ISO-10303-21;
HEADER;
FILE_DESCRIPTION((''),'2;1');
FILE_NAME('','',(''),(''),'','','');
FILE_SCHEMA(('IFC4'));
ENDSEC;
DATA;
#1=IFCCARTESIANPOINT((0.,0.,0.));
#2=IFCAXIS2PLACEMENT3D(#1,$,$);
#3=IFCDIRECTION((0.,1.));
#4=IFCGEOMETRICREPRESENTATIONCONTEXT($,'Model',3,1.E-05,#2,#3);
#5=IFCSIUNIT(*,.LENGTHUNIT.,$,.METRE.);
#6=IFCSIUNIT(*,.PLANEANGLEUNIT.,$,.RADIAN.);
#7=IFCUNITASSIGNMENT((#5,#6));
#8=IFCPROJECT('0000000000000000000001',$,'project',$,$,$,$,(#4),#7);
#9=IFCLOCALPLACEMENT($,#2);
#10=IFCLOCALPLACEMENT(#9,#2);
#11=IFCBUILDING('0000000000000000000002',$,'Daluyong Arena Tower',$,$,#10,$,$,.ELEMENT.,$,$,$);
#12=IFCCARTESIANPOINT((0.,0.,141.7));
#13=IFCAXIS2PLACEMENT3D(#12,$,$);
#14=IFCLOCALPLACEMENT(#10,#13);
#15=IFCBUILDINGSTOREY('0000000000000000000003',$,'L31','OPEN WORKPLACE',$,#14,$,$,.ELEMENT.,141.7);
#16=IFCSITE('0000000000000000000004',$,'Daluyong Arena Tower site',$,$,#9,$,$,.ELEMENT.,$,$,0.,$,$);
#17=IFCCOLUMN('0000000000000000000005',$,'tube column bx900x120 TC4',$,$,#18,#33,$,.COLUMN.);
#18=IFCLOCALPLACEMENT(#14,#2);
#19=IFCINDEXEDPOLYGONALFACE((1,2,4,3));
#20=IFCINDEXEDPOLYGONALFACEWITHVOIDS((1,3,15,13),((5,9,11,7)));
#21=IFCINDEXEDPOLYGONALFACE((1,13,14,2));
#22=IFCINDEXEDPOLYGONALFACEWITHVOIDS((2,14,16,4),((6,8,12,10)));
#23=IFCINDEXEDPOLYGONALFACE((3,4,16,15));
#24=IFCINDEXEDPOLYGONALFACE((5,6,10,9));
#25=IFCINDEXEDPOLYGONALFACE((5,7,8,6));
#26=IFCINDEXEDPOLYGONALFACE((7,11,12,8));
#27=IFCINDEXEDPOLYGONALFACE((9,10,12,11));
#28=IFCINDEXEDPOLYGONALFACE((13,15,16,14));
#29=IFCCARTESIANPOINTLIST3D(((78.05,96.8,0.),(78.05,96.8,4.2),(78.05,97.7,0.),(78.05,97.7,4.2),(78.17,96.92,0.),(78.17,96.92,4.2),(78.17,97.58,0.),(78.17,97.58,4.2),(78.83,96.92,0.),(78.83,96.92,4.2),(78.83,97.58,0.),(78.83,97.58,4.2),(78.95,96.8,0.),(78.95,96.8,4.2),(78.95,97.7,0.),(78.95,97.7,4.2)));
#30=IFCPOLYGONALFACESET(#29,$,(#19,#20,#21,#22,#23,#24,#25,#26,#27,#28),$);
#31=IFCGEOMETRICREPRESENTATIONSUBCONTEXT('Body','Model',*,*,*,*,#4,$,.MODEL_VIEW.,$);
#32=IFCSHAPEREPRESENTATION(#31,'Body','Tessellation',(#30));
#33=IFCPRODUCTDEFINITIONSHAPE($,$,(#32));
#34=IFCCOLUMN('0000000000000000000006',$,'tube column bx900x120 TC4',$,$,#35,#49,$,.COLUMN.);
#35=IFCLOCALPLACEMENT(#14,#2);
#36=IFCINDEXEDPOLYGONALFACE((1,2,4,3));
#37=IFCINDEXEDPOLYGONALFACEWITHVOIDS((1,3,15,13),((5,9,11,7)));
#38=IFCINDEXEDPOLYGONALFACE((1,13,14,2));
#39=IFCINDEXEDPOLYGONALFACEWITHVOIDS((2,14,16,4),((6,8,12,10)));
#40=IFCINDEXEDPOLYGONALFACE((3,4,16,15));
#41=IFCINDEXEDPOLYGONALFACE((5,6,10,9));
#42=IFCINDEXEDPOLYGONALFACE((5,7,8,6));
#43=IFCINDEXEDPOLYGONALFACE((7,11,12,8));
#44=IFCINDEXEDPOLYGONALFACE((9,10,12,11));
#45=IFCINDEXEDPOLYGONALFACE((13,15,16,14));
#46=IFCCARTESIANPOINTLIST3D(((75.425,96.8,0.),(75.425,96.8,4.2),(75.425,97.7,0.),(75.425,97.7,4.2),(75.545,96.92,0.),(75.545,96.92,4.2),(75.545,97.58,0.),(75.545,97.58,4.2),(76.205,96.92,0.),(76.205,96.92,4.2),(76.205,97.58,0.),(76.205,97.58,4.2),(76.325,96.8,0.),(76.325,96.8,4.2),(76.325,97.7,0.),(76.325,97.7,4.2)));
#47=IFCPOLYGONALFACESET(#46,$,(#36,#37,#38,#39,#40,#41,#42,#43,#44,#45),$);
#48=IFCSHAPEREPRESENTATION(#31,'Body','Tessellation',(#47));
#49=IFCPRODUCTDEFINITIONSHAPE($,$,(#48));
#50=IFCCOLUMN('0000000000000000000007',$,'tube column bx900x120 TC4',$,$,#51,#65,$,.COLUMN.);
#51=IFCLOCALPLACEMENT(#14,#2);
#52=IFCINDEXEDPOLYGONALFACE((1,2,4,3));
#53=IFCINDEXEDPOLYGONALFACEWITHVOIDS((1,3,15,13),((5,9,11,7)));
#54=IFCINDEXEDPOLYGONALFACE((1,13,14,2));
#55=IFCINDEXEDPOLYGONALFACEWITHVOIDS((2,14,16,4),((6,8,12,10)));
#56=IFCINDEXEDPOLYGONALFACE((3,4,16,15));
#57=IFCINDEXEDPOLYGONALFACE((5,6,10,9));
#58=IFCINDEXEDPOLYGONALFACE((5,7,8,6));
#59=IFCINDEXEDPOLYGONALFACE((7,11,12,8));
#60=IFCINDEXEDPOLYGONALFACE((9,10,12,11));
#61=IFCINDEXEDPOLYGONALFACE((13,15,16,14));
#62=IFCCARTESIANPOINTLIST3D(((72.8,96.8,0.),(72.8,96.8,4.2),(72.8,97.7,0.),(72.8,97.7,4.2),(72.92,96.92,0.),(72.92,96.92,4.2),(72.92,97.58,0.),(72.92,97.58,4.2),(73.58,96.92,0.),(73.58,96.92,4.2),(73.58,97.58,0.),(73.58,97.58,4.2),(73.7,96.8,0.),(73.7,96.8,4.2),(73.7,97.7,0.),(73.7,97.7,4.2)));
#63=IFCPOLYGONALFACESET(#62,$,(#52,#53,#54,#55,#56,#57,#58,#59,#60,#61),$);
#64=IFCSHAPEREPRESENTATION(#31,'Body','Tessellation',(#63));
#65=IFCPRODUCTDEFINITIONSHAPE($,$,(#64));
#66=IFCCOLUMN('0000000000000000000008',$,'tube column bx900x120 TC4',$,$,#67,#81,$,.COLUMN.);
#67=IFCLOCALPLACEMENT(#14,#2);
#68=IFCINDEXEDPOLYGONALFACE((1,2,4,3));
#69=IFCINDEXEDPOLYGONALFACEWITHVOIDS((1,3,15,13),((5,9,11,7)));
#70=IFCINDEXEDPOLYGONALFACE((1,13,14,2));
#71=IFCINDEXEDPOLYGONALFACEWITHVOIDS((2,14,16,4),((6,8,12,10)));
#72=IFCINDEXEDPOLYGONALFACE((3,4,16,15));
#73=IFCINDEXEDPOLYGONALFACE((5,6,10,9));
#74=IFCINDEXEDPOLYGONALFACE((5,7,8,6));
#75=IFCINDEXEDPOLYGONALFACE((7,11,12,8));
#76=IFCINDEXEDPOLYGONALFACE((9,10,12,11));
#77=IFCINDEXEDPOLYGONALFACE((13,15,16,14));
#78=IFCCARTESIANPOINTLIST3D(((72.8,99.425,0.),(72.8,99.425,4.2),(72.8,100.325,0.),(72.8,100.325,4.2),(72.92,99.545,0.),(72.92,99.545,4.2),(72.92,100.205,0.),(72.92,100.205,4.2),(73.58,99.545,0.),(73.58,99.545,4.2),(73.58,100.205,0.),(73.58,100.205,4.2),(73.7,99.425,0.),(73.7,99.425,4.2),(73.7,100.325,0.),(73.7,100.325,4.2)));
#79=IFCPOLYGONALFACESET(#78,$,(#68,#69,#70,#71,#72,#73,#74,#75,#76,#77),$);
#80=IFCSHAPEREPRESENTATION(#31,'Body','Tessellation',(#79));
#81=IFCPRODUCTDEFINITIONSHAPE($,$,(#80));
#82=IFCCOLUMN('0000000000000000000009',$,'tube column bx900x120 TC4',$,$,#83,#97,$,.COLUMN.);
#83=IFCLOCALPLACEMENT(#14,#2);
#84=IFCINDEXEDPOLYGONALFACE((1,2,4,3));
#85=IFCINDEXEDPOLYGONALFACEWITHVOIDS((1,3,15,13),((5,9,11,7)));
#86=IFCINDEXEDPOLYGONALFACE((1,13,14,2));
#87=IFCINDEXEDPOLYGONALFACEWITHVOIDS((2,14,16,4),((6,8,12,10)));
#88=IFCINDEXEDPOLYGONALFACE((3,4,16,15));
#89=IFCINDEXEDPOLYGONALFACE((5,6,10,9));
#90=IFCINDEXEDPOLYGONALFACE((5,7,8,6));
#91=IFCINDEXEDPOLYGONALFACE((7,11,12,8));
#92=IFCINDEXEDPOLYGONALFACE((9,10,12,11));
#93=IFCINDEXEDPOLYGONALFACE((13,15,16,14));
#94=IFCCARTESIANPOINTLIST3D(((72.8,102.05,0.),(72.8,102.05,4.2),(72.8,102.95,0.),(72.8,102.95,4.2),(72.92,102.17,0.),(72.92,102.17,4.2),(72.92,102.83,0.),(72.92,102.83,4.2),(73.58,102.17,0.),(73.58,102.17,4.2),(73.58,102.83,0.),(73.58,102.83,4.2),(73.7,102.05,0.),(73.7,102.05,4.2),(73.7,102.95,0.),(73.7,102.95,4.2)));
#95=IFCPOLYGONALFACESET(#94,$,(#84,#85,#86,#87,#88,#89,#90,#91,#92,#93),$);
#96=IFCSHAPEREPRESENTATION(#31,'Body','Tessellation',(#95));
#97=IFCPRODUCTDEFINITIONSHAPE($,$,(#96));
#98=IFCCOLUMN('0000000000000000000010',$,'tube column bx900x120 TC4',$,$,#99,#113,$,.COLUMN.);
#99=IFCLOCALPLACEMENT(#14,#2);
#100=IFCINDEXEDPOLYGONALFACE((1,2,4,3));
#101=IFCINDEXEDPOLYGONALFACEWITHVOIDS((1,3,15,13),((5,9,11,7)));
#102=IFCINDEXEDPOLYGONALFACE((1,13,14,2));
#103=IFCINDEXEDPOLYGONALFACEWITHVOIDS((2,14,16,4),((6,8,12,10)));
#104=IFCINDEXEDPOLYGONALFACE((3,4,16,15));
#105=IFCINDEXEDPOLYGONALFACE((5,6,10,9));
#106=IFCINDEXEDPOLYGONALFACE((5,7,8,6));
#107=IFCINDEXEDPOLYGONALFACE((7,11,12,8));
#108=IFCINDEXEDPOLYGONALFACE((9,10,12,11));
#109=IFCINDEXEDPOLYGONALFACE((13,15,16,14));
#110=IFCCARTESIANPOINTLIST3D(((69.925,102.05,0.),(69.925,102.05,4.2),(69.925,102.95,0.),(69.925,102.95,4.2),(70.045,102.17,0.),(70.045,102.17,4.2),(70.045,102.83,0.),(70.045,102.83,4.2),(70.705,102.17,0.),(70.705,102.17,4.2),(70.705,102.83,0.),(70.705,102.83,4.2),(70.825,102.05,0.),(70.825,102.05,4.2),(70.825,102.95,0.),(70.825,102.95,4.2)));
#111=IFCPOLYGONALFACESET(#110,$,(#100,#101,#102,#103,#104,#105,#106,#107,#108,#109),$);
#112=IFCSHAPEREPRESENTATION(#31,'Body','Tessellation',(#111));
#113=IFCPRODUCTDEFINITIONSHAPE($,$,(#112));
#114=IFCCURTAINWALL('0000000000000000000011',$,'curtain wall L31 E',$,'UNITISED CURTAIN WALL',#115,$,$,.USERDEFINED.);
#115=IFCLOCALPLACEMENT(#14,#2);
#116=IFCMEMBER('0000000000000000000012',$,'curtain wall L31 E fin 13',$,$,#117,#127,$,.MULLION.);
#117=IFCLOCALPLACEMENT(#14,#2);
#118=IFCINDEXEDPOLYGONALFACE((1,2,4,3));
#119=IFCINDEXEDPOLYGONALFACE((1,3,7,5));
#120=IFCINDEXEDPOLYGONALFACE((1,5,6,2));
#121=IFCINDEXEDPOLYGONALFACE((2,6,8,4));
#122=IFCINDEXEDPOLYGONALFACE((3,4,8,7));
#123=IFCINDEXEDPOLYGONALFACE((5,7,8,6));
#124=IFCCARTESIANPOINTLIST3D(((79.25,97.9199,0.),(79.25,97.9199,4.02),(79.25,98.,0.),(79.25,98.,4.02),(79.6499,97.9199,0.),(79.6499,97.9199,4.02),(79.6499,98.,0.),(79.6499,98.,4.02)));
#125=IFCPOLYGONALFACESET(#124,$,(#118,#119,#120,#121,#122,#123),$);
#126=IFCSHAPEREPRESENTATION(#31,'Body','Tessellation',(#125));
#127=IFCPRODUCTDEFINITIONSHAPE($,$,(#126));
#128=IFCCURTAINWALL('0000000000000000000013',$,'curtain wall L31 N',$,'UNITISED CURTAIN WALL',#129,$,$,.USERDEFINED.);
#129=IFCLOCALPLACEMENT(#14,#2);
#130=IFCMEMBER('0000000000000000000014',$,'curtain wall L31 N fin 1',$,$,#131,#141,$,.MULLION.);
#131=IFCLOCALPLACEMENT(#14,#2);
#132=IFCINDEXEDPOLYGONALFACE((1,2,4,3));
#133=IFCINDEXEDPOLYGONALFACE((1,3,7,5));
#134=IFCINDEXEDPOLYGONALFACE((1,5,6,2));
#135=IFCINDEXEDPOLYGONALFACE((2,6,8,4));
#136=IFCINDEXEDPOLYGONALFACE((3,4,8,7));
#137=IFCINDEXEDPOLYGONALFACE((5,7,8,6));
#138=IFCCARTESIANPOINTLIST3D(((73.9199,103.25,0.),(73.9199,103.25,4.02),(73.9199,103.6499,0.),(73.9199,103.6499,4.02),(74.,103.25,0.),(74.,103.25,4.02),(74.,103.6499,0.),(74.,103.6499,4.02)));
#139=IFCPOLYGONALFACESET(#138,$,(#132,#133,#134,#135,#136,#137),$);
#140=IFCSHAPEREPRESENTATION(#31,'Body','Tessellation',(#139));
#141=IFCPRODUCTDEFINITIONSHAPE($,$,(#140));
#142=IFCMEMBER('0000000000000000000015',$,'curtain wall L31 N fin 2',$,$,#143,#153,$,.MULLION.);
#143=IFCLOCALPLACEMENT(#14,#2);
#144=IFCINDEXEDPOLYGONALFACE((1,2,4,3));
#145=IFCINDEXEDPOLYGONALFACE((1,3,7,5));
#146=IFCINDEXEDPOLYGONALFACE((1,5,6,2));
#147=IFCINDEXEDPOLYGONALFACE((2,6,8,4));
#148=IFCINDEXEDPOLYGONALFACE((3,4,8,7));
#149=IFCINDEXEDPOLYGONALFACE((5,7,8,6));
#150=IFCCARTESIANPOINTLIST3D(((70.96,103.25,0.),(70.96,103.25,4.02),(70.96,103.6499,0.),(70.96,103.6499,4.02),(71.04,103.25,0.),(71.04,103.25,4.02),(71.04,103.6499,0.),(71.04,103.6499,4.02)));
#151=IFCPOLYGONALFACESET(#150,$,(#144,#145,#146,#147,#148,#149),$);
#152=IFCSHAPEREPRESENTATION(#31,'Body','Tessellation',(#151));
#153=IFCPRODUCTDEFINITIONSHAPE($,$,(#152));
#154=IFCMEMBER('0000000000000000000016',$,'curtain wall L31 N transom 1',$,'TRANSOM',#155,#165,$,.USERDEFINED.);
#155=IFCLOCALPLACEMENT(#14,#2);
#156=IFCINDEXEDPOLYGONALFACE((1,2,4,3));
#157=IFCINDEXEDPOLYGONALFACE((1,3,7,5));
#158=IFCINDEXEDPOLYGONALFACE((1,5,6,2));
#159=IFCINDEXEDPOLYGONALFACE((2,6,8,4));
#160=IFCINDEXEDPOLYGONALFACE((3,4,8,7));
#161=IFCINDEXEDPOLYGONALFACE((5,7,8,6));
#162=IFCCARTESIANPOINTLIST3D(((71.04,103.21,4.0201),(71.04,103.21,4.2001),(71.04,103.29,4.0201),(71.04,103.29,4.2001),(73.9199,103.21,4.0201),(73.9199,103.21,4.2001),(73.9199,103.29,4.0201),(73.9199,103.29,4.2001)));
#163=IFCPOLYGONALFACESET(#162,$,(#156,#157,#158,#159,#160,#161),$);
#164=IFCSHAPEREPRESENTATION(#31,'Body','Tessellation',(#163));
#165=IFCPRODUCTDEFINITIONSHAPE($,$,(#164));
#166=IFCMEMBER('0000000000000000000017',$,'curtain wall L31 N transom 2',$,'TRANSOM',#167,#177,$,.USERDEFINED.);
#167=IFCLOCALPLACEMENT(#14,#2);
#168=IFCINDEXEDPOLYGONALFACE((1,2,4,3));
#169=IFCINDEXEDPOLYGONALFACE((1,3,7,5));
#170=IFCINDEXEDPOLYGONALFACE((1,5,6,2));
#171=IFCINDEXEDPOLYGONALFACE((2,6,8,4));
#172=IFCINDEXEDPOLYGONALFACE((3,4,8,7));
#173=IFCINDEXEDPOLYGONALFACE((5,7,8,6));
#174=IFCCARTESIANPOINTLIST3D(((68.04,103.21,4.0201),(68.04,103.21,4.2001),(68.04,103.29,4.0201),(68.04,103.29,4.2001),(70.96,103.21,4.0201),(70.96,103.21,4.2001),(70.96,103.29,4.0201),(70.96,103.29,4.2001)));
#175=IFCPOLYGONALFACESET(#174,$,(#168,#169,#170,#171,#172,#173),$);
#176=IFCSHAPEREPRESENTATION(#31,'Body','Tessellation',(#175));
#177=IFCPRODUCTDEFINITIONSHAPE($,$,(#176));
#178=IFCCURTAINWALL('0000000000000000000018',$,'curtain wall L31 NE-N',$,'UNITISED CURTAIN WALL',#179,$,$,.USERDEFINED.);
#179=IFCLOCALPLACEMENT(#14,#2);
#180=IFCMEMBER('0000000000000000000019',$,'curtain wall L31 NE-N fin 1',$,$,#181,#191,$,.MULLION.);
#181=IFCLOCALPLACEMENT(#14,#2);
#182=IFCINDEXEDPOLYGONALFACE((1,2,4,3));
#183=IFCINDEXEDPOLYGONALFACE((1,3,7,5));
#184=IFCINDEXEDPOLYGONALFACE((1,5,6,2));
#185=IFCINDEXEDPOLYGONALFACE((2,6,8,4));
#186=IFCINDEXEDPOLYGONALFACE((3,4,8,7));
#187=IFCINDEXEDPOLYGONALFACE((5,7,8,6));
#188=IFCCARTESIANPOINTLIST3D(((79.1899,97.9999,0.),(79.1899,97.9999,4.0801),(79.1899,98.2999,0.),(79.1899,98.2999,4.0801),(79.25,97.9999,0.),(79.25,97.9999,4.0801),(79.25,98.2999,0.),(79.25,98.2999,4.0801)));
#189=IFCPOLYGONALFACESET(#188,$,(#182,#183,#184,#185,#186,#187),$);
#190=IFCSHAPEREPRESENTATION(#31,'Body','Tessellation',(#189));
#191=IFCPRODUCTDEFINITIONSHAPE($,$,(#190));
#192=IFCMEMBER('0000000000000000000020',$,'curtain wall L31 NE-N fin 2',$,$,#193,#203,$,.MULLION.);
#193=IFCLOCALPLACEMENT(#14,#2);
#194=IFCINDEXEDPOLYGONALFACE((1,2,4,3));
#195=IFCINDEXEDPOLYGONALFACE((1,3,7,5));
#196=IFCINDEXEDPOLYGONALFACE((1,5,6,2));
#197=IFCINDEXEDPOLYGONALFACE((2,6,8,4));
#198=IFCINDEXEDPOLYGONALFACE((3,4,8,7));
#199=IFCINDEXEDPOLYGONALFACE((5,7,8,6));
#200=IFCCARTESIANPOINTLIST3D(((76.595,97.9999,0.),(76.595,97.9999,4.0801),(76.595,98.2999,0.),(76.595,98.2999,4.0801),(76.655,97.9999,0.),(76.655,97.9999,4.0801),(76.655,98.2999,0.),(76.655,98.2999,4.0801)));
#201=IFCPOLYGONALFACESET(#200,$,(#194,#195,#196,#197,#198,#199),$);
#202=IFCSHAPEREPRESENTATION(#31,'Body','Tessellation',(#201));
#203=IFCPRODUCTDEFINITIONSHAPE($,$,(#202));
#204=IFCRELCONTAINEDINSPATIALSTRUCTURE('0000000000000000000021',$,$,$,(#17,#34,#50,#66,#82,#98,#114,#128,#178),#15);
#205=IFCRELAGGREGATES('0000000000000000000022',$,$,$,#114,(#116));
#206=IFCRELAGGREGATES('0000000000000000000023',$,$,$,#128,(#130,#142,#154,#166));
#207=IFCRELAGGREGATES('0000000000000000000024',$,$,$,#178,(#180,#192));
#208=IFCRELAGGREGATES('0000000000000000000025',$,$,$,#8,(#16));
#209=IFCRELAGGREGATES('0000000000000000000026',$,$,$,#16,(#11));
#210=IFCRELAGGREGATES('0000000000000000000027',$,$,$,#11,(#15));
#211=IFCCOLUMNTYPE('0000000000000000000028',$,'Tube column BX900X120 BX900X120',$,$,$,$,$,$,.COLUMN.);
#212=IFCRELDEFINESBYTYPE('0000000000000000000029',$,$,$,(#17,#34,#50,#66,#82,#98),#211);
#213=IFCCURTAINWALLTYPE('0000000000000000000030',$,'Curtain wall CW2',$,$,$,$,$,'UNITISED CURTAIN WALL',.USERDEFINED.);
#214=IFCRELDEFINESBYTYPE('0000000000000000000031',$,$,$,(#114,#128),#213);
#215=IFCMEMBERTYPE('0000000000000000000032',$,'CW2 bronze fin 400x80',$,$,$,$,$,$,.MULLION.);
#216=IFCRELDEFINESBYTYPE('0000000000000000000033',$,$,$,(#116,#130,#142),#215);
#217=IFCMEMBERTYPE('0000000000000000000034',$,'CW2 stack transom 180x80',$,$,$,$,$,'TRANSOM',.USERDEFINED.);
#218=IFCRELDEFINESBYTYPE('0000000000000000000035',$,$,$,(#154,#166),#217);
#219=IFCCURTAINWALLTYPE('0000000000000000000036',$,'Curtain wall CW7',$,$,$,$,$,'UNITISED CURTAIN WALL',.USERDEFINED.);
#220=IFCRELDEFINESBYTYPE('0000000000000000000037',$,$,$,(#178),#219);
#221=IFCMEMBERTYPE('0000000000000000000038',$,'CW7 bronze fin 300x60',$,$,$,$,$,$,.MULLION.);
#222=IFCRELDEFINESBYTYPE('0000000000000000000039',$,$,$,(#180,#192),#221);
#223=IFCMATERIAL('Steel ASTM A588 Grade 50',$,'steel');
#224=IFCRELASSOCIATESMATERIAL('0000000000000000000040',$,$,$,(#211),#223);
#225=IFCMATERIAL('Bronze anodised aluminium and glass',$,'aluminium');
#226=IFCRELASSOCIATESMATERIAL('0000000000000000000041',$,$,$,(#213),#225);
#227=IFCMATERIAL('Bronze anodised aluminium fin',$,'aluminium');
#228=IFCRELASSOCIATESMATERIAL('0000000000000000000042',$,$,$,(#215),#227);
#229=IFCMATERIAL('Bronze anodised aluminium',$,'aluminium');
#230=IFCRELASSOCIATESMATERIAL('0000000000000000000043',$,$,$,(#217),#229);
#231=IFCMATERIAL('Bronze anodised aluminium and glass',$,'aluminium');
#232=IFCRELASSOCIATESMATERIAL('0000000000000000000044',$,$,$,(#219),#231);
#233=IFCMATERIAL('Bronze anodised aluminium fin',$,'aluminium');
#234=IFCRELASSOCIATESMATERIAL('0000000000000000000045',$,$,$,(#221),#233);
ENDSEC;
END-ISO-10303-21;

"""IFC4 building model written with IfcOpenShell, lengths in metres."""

from ifc_helpers import new_model, si_unit, direction, frame, origin, origin_2d, place, context, subcontext, project, spatial, rectangle, hollow_rectangle, extrude, material, material_profile, profile_set, type_object, element, aggregate, save


model = new_model("IFC4")

# Units and contexts
model_context = context("Model", 3, precision=1e-05, world=origin(), true_north=direction((0.0, 1.0)))
body_context = subcontext(model_context, "Body", "Model", "MODEL_VIEW")
ifc_project = project(units=[si_unit("LENGTHUNIT", "METRE"), si_unit("PLANEANGLEUNIT", "RADIAN")], contexts=[model_context])

# Site, building, storey
site_placement = place(None, origin())
site = spatial("IfcSite", under=ifc_project, at=site_placement, Name="Daluyong Arena Tower site", CompositionType="ELEMENT", RefElevation=0.0)
building_placement = place(site_placement, origin())
building = spatial("IfcBuilding", under=site, at=building_placement, Name="Daluyong Arena Tower", CompositionType="ELEMENT")
storey_placement = place(building_placement, frame((0.0, 0.0, 141.7)))
storey = spatial("IfcBuildingStorey", under=building, at=storey_placement, Name="L31", Description="OPEN WORKPLACE", CompositionType="ELEMENT", Elevation=141.7)

# Columns
ifc_material_1 = material(Name="Steel ASTM A588 Grade 50", Category="steel")
ifc_material_profile_1 = material_profile(ifc_material_1, hollow_rectangle(XDim=0.8999, YDim=0.8999, WallThickness=0.12, at=origin_2d()))
ifc_profile_set_1 = profile_set([ifc_material_profile_1], Name="Steel ASTM A588 Grade 50")
column_type = type_object("IfcColumnType", Name="Tube column BX900X120 BX900X120", PredefinedType="COLUMN", material=ifc_profile_set_1)
for number, where, z_axis, x_axis, name in (
    (1, (78.5, 97.25, 0.0), (0.0, 0.0, 1.0), (1.0, 0.0, 0.0), "tube column bx900x120 TC4"),
    (2, (75.875, 97.25, 0.0), (0.0, 0.0, 1.0), (1.0, 0.0, 0.0), "tube column bx900x120 TC4"),
    (3, (73.25, 97.25, 0.0), (0.0, 0.0, 1.0), (0.0, 1.0, 0.0), "tube column bx900x120 TC4"),
    (4, (73.25, 99.875, 0.0), (0.0, 0.0, 1.0), (0.0, 1.0, 0.0), "tube column bx900x120 TC4"),
    (5, (73.25, 102.5, 0.0), (0.0, 0.0, 1.0), (1.0, 0.0, 0.0), "tube column bx900x120 TC4"),
    (6, (70.375, 102.5, 0.0), (0.0, 0.0, 1.0), (1.0, 0.0, 0.0), "tube column bx900x120 TC4"),
):
    element("IfcColumn", number, at=place(storey_placement, frame(where, z_axis=z_axis, x_axis=x_axis)), inside=storey, type_object=column_type, Name=name, PredefinedType="COLUMN", context=body_context, shape_type="SweptSolid", body=[
        extrude(hollow_rectangle(XDim=0.8999, YDim=0.8999, WallThickness=0.12, at=origin_2d()), origin(), (0.0, 0.0, 1.0), 4.2),
    ])

# Curtain wall, member
ifc_material_2 = material(Name="Bronze anodised aluminium and glass", Category="aluminium")
curtain_wall_type_1 = type_object("IfcCurtainWallType", Name="Curtain wall CW2", ElementType="UNITISED CURTAIN WALL", PredefinedType="USERDEFINED", material=ifc_material_2)
curtain_wall_1_placement = place(storey_placement, origin())
curtain_wall_1 = element("IfcCurtainWall", 7, at=curtain_wall_1_placement, inside=storey, type_object=curtain_wall_type_1, Name="curtain wall L31 E", ObjectType="UNITISED CURTAIN WALL", PredefinedType="USERDEFINED")
ifc_material_3 = material(Name="Bronze anodised aluminium fin", Category="aluminium")
ifc_material_profile_2 = material_profile(ifc_material_3, rectangle(XDim=0.3999, YDim=0.0801, at=origin_2d()))
ifc_profile_set_2 = profile_set([ifc_material_profile_2], Name="Bronze anodised aluminium fin")
member_type_1 = type_object("IfcMemberType", Name="CW2 bronze fin 400x80", PredefinedType="MULLION", material=ifc_profile_set_2)
member_1_placement = place(storey_placement, frame((79.45, 97.96, 0.0), z_axis=(0.0, 0.0, 1.0), x_axis=(-1.0, 0.0, 0.0)))
member_1 = element("IfcMember", 8, at=member_1_placement, type_object=member_type_1, Name="curtain wall L31 E fin 13", PredefinedType="MULLION", context=body_context, shape_type="SweptSolid", body=[
    extrude(rectangle(XDim=0.3999, YDim=0.0801, at=origin_2d()), origin(), (0.0, 0.0, 1.0), 4.02),
])
aggregate(curtain_wall_1, [member_1])

# Curtain walls, members
curtain_wall_2_placement = place(storey_placement, origin())
curtain_wall_2 = element("IfcCurtainWall", 9, at=curtain_wall_2_placement, inside=storey, type_object=curtain_wall_type_1, Name="curtain wall L31 N", ObjectType="UNITISED CURTAIN WALL", PredefinedType="USERDEFINED")
member_2_placement = place(storey_placement, frame((73.96, 103.45, 0.0), z_axis=(0.0, 0.0, 1.0), x_axis=(0.0, -1.0, 0.0)))
member_2 = element("IfcMember", 10, at=member_2_placement, type_object=member_type_1, Name="curtain wall L31 N fin 1", PredefinedType="MULLION", context=body_context, shape_type="SweptSolid", body=[
    extrude(rectangle(XDim=0.3999, YDim=0.0801, at=origin_2d()), origin(), (0.0, 0.0, 1.0), 4.02),
])
member_3_placement = place(storey_placement, frame((71.0, 103.45, 0.0), z_axis=(0.0, 0.0, 1.0), x_axis=(0.0, -1.0, 0.0)))
member_3 = element("IfcMember", 11, at=member_3_placement, type_object=member_type_1, Name="curtain wall L31 N fin 2", PredefinedType="MULLION", context=body_context, shape_type="SweptSolid", body=[
    extrude(rectangle(XDim=0.3999, YDim=0.0801, at=origin_2d()), origin(), (0.0, 0.0, 1.0), 4.02),
])
ifc_material_4 = material(Name="Bronze anodised aluminium", Category="aluminium")
ifc_material_profile_3 = material_profile(ifc_material_4, rectangle(XDim=0.0801, YDim=0.1799, at=origin_2d()))
ifc_profile_set_3 = profile_set([ifc_material_profile_3], Name="Bronze anodised aluminium")
member_type_2 = type_object("IfcMemberType", Name="CW2 stack transom 180x80", ElementType="TRANSOM", PredefinedType="USERDEFINED", material=ifc_profile_set_3)
member_4_placement = place(storey_placement, frame((73.9199, 103.25, 4.1101), z_axis=(-1.0, 0.0, 0.0), x_axis=(0.0, -1.0, 0.0)))
member_4 = element("IfcMember", 12, at=member_4_placement, type_object=member_type_2, Name="curtain wall L31 N transom 1", ObjectType="TRANSOM", PredefinedType="USERDEFINED", context=body_context, shape_type="SweptSolid", body=[
    extrude(rectangle(XDim=0.0801, YDim=0.1799, at=origin_2d()), origin(), (0.0, 0.0, 1.0), 2.8799),
])
member_5_placement = place(storey_placement, frame((70.96, 103.25, 4.1101), z_axis=(-1.0, 0.0, 0.0), x_axis=(0.0, -1.0, 0.0)))
member_5 = element("IfcMember", 13, at=member_5_placement, type_object=member_type_2, Name="curtain wall L31 N transom 2", ObjectType="TRANSOM", PredefinedType="USERDEFINED", context=body_context, shape_type="SweptSolid", body=[
    extrude(rectangle(XDim=0.0801, YDim=0.1799, at=origin_2d()), origin(), (0.0, 0.0, 1.0), 2.9199),
])
ifc_material_5 = material(Name="Bronze anodised aluminium and glass", Category="aluminium")
curtain_wall_type_2 = type_object("IfcCurtainWallType", Name="Curtain wall CW7", ElementType="UNITISED CURTAIN WALL", PredefinedType="USERDEFINED", material=ifc_material_5)
curtain_wall_3_placement = place(storey_placement, origin())
curtain_wall_3 = element("IfcCurtainWall", 14, at=curtain_wall_3_placement, inside=storey, type_object=curtain_wall_type_2, Name="curtain wall L31 NE-N", ObjectType="UNITISED CURTAIN WALL", PredefinedType="USERDEFINED")
ifc_material_6 = material(Name="Bronze anodised aluminium fin", Category="aluminium")
ifc_material_profile_4 = material_profile(ifc_material_6, rectangle(XDim=0.3, YDim=0.0601, at=origin_2d()))
ifc_profile_set_4 = profile_set([ifc_material_profile_4], Name="Bronze anodised aluminium fin")
member_type_3 = type_object("IfcMemberType", Name="CW7 bronze fin 300x60", PredefinedType="MULLION", material=ifc_profile_set_4)
member_6_placement = place(storey_placement, frame((79.22, 98.1499, 0.0), z_axis=(0.0, 0.0, 1.0), x_axis=(0.0, -1.0, 0.0)))
member_6 = element("IfcMember", 15, at=member_6_placement, type_object=member_type_3, Name="curtain wall L31 NE-N fin 1", PredefinedType="MULLION", context=body_context, shape_type="SweptSolid", body=[
    extrude(rectangle(XDim=0.3, YDim=0.0601, at=origin_2d()), origin(), (0.0, 0.0, 1.0), 4.0801),
])
member_7_placement = place(storey_placement, frame((76.625, 98.1499, 0.0), z_axis=(0.0, 0.0, 1.0), x_axis=(0.0, -1.0, 0.0)))
member_7 = element("IfcMember", 16, at=member_7_placement, type_object=member_type_3, Name="curtain wall L31 NE-N fin 2", PredefinedType="MULLION", context=body_context, shape_type="SweptSolid", body=[
    extrude(rectangle(XDim=0.3, YDim=0.0601, at=origin_2d()), origin(), (0.0, 0.0, 1.0), 4.0801),
])

aggregate(curtain_wall_2, [member_2, member_3, member_4, member_5])
aggregate(curtain_wall_3, [member_6, member_7])

save(model, "model.ifc")
